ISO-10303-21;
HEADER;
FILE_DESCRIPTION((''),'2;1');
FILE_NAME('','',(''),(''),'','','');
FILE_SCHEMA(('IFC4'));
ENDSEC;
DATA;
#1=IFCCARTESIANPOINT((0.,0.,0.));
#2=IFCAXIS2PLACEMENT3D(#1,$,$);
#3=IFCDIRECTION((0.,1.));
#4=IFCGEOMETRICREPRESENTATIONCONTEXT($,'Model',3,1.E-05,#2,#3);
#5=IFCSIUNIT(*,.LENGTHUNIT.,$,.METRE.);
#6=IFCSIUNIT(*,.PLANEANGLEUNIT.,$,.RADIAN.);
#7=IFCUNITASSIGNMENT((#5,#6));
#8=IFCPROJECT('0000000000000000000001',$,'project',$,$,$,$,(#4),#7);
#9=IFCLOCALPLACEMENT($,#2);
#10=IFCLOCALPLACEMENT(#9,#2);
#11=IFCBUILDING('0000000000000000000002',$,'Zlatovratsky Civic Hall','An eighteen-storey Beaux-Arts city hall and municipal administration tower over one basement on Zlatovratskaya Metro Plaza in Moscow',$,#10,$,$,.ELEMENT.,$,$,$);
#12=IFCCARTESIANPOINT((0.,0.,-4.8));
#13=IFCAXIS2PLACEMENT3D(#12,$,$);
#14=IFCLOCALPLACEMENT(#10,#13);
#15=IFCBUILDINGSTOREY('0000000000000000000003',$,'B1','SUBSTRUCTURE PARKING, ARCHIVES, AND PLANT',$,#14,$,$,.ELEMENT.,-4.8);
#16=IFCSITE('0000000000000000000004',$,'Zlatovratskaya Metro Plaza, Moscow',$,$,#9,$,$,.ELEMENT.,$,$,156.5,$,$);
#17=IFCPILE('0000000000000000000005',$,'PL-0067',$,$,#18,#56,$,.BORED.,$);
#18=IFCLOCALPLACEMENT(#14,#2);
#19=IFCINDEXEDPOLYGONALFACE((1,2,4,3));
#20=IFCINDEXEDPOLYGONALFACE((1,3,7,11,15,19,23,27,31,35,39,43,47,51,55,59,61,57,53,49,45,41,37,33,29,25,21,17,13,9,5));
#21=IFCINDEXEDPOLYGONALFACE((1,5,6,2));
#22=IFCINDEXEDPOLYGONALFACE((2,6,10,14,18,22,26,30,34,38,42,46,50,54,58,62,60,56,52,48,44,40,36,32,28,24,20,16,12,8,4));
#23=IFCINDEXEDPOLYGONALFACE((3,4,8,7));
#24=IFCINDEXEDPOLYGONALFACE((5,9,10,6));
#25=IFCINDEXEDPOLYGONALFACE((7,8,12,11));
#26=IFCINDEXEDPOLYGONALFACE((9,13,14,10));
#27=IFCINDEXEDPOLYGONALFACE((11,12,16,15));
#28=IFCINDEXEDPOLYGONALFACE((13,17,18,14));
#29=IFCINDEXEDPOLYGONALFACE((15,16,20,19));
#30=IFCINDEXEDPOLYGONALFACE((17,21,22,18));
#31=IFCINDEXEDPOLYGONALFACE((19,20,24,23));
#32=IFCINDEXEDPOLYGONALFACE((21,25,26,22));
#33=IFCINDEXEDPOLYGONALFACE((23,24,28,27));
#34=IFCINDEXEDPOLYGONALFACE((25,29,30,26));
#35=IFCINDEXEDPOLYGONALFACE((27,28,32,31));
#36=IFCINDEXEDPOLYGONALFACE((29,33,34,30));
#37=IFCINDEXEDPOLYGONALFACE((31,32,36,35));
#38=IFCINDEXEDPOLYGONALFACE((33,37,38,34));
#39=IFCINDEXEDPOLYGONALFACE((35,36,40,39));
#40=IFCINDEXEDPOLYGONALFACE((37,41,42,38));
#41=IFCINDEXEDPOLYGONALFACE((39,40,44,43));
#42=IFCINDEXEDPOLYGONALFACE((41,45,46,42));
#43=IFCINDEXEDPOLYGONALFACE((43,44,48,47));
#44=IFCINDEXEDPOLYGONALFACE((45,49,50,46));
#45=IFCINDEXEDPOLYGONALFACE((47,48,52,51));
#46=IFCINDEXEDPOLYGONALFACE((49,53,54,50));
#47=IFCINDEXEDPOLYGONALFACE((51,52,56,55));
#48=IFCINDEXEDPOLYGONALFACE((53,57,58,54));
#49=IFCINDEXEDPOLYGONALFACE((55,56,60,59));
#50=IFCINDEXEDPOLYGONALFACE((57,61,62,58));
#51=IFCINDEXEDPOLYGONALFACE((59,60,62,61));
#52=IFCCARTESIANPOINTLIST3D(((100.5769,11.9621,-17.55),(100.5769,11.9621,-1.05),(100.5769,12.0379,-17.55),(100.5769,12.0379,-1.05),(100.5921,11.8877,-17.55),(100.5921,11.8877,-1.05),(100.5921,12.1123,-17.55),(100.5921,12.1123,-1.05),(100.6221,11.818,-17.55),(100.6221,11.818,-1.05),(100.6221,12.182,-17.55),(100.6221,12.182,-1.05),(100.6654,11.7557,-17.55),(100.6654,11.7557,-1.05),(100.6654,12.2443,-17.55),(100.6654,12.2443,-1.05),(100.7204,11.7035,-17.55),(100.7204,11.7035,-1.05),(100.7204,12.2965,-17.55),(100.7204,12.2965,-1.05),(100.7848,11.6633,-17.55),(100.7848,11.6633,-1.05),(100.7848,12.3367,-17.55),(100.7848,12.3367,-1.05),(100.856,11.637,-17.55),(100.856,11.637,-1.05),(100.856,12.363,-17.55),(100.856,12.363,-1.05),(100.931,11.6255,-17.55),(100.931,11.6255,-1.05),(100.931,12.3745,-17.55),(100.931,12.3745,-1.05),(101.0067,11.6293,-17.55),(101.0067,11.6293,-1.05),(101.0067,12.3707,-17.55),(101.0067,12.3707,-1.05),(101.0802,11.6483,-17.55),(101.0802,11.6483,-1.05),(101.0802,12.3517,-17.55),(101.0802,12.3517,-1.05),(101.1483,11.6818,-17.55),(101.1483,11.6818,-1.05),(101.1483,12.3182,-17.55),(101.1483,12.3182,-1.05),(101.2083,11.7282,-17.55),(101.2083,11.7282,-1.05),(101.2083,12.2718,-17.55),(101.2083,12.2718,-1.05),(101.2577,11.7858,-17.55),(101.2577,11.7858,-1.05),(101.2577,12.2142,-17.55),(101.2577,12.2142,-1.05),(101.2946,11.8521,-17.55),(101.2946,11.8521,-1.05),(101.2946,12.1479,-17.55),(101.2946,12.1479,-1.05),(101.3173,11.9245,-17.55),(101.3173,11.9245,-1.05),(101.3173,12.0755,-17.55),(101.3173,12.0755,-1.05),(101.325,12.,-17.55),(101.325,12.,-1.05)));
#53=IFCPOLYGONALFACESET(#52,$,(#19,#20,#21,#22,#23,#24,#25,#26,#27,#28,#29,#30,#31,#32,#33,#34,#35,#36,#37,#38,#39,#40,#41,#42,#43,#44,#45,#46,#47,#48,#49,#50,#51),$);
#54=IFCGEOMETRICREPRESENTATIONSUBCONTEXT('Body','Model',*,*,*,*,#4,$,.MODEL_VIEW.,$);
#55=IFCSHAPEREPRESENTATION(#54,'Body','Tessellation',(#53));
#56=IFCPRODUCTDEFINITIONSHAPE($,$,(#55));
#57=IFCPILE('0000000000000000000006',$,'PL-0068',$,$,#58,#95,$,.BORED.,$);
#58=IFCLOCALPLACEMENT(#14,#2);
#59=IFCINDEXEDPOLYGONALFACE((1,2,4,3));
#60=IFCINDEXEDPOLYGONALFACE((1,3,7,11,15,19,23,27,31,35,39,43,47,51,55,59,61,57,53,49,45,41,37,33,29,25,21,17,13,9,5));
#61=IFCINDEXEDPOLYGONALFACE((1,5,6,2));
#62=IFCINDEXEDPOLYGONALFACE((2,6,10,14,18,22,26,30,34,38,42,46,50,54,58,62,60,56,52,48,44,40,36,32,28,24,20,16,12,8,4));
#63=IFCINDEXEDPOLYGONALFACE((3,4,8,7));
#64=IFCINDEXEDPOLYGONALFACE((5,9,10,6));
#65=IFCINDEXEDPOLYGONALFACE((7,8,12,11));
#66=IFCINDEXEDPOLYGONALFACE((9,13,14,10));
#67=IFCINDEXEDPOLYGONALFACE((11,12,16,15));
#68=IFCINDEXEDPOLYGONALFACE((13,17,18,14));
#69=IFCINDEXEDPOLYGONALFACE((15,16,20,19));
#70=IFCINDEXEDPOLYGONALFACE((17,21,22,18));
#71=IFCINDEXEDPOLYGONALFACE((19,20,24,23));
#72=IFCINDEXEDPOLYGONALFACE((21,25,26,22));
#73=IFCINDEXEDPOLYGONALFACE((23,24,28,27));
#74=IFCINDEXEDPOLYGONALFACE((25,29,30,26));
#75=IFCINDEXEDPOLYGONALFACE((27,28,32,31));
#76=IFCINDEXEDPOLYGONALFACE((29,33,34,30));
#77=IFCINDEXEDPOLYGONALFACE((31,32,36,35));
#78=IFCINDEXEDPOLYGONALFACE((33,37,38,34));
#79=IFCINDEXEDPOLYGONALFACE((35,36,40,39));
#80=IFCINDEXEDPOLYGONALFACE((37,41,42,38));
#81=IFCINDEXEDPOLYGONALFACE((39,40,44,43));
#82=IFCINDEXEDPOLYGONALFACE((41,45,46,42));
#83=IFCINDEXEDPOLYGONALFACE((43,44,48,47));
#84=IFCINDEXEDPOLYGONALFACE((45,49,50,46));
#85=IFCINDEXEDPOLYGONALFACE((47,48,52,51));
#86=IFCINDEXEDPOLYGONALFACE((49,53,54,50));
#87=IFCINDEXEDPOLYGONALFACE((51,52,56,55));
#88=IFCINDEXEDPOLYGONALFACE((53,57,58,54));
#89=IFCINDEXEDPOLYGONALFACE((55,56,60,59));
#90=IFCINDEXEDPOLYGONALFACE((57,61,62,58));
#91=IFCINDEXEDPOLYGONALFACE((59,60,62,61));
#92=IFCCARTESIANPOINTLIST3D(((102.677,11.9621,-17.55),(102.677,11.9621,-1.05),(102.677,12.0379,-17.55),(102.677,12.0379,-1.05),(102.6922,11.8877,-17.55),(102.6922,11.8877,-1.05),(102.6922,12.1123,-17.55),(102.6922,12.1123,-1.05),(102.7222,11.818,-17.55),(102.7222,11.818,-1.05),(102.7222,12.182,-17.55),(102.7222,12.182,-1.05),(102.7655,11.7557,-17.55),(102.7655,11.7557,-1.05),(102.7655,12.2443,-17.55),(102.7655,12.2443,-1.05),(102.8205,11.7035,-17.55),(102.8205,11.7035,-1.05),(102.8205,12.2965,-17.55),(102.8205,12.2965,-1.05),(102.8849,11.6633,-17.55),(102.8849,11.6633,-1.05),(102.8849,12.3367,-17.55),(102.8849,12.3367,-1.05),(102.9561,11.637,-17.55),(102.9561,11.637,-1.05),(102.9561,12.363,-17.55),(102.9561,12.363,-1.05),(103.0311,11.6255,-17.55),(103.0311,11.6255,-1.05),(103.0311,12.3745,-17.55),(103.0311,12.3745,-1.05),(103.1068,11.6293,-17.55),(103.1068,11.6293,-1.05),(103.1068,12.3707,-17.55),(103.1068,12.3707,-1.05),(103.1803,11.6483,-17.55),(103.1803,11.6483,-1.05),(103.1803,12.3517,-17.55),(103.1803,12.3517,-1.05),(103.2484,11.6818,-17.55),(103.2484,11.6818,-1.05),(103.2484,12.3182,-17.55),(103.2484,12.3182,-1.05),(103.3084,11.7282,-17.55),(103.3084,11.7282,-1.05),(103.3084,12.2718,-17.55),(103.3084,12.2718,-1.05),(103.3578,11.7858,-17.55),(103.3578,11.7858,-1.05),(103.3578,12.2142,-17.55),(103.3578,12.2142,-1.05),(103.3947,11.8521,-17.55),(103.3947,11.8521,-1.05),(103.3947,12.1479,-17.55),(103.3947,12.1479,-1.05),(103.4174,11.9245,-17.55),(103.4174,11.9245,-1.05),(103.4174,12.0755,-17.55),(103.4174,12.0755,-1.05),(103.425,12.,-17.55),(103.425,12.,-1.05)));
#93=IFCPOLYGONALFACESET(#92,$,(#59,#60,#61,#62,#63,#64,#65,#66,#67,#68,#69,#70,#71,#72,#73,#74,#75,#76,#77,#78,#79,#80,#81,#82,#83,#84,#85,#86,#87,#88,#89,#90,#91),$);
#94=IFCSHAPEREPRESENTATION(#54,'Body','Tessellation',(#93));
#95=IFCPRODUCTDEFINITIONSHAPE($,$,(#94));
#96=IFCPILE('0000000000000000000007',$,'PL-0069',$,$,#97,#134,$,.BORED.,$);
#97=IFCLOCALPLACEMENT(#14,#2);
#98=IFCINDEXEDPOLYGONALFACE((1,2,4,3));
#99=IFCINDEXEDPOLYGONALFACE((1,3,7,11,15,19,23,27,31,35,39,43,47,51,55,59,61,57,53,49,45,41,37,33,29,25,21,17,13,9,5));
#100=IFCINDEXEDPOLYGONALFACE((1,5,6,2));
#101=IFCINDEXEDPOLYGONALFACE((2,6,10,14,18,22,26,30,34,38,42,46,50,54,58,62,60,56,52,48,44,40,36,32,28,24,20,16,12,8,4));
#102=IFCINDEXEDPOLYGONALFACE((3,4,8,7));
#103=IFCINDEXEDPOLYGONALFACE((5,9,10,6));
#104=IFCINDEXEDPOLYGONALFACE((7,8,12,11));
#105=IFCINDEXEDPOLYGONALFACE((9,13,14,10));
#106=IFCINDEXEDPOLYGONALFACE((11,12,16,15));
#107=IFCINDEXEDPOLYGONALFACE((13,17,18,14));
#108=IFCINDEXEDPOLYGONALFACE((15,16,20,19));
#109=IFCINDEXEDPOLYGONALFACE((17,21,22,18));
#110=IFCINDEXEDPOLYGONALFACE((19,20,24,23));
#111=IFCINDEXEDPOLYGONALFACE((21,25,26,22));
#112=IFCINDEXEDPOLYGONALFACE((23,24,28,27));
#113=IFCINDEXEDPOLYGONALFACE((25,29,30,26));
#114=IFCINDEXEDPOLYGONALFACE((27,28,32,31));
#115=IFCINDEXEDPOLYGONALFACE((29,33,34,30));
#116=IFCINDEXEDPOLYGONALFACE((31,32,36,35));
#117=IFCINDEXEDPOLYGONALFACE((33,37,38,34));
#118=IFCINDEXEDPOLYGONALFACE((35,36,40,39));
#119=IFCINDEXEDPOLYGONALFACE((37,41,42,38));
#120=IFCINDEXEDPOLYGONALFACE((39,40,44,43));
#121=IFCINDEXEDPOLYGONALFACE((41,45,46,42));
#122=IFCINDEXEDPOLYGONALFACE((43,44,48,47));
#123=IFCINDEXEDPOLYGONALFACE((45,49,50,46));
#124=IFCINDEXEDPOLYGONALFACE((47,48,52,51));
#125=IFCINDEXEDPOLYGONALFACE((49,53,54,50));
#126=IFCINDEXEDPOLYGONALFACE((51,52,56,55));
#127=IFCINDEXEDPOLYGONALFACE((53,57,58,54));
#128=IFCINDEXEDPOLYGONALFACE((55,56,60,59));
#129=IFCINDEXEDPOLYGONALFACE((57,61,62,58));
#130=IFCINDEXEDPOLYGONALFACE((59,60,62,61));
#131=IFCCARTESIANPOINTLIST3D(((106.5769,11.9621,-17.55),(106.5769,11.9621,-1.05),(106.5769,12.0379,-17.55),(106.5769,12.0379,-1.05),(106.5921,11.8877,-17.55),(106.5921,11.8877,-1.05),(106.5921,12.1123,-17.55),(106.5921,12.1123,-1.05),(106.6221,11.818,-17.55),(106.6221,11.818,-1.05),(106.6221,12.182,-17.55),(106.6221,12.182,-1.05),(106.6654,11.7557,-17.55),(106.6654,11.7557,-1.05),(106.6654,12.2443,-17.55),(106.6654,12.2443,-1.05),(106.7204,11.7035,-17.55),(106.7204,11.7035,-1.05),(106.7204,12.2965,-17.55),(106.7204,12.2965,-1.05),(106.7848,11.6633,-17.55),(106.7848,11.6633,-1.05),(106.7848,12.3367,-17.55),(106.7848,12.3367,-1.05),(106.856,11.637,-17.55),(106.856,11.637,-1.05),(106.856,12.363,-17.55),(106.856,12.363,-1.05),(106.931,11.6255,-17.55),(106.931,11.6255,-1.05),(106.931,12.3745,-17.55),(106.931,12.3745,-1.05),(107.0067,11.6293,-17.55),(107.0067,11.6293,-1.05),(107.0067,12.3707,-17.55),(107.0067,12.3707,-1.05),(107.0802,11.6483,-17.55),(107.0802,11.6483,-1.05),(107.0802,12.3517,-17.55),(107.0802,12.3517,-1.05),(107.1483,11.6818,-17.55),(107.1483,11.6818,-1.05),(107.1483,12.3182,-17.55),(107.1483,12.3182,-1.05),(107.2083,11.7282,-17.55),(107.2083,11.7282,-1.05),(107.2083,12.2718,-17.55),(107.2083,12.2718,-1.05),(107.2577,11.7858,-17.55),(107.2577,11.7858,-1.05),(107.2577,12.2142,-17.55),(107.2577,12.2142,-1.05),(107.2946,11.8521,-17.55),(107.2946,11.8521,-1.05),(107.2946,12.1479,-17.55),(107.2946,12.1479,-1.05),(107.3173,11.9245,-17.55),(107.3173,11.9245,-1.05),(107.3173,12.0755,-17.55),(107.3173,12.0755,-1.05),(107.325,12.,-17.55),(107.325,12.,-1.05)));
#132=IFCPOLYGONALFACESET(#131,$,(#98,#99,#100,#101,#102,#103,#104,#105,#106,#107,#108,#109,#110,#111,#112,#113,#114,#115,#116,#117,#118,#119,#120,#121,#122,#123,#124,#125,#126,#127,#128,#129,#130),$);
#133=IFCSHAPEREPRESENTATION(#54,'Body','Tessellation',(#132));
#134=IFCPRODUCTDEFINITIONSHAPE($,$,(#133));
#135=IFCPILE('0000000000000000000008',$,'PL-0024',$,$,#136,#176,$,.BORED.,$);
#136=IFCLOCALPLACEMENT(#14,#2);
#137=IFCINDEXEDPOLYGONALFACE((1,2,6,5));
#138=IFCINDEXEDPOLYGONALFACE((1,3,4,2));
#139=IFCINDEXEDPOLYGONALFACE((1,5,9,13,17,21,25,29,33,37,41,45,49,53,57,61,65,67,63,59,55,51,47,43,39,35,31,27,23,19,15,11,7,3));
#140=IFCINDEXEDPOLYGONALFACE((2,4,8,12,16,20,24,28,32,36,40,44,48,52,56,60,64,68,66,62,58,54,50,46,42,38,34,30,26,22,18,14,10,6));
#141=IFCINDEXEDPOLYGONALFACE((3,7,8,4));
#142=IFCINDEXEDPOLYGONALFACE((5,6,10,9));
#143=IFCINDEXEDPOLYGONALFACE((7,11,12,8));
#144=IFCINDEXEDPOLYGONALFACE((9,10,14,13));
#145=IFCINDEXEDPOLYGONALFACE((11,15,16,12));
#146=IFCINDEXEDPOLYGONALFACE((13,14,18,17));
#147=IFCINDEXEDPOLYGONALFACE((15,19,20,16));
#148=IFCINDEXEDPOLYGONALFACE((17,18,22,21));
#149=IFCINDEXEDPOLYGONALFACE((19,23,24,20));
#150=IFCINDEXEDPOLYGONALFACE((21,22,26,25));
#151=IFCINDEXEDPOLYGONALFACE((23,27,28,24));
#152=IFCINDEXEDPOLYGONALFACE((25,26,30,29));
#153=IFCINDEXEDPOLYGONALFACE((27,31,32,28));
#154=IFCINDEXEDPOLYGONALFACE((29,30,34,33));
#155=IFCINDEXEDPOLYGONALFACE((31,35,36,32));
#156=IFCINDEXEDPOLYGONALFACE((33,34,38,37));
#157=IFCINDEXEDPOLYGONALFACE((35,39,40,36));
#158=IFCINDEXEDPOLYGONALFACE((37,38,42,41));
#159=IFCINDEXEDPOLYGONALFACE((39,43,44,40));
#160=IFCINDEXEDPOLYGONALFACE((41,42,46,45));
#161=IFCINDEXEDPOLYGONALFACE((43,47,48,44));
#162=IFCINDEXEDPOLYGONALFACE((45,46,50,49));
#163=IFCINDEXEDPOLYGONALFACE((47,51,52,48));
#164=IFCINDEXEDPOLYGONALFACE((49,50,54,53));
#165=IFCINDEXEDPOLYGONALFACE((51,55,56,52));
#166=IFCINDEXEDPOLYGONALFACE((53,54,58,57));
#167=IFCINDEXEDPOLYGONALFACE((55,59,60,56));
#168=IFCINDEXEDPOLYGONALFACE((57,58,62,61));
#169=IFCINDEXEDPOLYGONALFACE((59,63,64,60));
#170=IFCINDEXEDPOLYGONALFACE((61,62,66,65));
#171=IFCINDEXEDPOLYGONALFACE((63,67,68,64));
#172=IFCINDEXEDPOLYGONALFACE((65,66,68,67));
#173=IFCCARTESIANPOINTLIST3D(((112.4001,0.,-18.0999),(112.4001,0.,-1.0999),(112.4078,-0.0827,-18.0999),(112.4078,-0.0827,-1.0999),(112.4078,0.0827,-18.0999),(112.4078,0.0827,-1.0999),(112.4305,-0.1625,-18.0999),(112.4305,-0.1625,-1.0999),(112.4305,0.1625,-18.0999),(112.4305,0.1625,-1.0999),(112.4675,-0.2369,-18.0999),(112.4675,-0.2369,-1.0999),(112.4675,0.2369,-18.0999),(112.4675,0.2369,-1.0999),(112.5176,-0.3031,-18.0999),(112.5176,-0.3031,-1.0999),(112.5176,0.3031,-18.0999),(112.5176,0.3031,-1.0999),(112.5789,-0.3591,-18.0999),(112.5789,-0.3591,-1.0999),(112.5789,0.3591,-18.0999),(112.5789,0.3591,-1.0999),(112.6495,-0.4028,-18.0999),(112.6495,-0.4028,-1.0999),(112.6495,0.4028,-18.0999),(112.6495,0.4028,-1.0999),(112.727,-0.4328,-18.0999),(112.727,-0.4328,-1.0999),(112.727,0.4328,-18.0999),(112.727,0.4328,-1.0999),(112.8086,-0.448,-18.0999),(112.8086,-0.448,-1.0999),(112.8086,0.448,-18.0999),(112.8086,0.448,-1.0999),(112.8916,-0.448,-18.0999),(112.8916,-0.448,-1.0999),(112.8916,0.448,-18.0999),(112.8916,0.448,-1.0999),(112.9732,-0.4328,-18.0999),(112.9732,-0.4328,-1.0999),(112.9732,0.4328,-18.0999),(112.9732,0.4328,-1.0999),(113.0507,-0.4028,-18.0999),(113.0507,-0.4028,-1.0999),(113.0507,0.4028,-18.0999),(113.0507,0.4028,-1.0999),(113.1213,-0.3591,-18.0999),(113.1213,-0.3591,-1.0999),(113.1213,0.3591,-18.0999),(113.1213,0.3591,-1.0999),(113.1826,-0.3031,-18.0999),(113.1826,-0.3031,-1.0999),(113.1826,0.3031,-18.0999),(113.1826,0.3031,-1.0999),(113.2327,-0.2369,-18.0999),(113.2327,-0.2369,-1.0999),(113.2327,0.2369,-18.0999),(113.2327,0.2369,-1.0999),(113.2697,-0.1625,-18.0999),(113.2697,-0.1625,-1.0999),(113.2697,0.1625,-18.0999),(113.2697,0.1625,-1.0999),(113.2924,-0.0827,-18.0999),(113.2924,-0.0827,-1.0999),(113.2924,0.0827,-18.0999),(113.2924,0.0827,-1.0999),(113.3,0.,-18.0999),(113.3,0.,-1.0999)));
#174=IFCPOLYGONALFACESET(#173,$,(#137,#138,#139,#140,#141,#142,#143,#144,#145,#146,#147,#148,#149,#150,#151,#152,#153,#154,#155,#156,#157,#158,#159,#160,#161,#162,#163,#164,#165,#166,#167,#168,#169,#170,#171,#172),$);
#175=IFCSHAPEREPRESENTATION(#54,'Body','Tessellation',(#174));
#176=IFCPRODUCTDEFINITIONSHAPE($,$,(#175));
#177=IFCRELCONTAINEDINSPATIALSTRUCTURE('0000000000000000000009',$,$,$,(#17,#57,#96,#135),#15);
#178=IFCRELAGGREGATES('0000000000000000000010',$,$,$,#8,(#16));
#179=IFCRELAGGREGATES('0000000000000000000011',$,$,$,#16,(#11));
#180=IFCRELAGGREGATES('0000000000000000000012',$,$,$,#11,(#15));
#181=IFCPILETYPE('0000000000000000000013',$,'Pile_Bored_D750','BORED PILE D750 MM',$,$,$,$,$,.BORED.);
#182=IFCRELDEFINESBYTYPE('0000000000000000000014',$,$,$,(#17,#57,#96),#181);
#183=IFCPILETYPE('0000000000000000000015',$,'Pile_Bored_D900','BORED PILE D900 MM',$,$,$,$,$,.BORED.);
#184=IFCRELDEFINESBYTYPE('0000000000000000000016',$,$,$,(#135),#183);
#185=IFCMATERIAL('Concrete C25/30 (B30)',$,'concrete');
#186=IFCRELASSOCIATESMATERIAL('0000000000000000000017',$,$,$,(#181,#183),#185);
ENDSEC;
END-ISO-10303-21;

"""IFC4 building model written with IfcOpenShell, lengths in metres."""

from ifc_helpers import new_model, si_unit, direction, frame, origin, origin_2d, place, context, subcontext, project, spatial, circle, extrude, material, material_profile, profile_set, type_object, element, save


model = new_model("IFC4")

# Units and contexts
model_context = context("Model", 3, precision=1e-05, world=origin(), true_north=direction((0.0, 1.0)))
body_context = subcontext(model_context, "Body", "Model", "MODEL_VIEW")
ifc_project = project(units=[si_unit("LENGTHUNIT", "METRE"), si_unit("PLANEANGLEUNIT", "RADIAN")], contexts=[model_context])

# Site, building, storey
site_placement = place(None, origin())
site = spatial("IfcSite", under=ifc_project, at=site_placement, Name="Zlatovratskaya Metro Plaza, Moscow", CompositionType="ELEMENT", RefElevation=156.5)
building_placement = place(site_placement, origin())
building = spatial("IfcBuilding", under=site, at=building_placement, Name="Zlatovratsky Civic Hall", Description="An eighteen-storey Beaux-Arts city hall and municipal administration tower over one basement on Zlatovratskaya Metro Plaza in Moscow", CompositionType="ELEMENT")
storey_placement = place(building_placement, frame((0.0, 0.0, -4.8)))
storey = spatial("IfcBuildingStorey", under=building, at=storey_placement, Name="B1", Description="SUBSTRUCTURE PARKING, ARCHIVES, AND PLANT", CompositionType="ELEMENT", Elevation=-4.8)

# Shared definitions
ifc_material_1 = material(Name="Concrete C25/30 (B30)", Category="concrete")

# Piles
ifc_material_profile_1 = material_profile(ifc_material_1, circle(Radius=0.375, at=origin_2d()), Name="PILE D750")
ifc_profile_set_1 = profile_set([ifc_material_profile_1], Name="Concrete C25/30 (B30)")
pile_type_1 = type_object("IfcPileType", Name="Pile_Bored_D750", Description="BORED PILE D750 MM", PredefinedType="BORED", material=ifc_profile_set_1)
for number, where, z_axis, x_axis, name in (
    (1, (100.95, 12.0, -1.05), (0.0, 0.0, -1.0), (1.0, 0.0, 0.0), "PL-0067"),
    (2, (103.05, 12.0, -1.05), (0.0, 0.0, -1.0), (1.0, 0.0, 0.0), "PL-0068"),
    (3, (106.95, 12.0, -1.05), (0.0, 0.0, -1.0), (1.0, 0.0, 0.0), "PL-0069"),
):
    element("IfcPile", number, at=place(storey_placement, frame(where, z_axis=z_axis, x_axis=x_axis)), inside=storey, type_object=pile_type_1, Name=name, PredefinedType="BORED", context=body_context, shape_type="SweptSolid", body=[
        extrude(circle(Radius=0.375, at=origin_2d()), origin(), (0.0, 0.0, 1.0), 16.5),
    ])
ifc_material_profile_2 = material_profile(ifc_material_1, circle(Radius=0.45, at=origin_2d()), Name="PILE D900")
ifc_profile_set_2 = profile_set([ifc_material_profile_2], Name="Concrete C25/30 (B30)")
pile_type_2 = type_object("IfcPileType", Name="Pile_Bored_D900", Description="BORED PILE D900 MM", PredefinedType="BORED", material=ifc_profile_set_2)
for number, where, z_axis, x_axis, name in (
    (4, (112.8501, 0.0, -1.0999), (0.0, 0.0, -1.0), (1.0, 0.0, 0.0), "PL-0024"),
):
    element("IfcPile", number, at=place(storey_placement, frame(where, z_axis=z_axis, x_axis=x_axis)), inside=storey, type_object=pile_type_2, Name=name, PredefinedType="BORED", context=body_context, shape_type="SweptSolid", body=[
        extrude(circle(Radius=0.45, at=origin_2d()), origin(), (0.0, 0.0, 1.0), 17.0),
    ])

save(model, "model.ifc")
